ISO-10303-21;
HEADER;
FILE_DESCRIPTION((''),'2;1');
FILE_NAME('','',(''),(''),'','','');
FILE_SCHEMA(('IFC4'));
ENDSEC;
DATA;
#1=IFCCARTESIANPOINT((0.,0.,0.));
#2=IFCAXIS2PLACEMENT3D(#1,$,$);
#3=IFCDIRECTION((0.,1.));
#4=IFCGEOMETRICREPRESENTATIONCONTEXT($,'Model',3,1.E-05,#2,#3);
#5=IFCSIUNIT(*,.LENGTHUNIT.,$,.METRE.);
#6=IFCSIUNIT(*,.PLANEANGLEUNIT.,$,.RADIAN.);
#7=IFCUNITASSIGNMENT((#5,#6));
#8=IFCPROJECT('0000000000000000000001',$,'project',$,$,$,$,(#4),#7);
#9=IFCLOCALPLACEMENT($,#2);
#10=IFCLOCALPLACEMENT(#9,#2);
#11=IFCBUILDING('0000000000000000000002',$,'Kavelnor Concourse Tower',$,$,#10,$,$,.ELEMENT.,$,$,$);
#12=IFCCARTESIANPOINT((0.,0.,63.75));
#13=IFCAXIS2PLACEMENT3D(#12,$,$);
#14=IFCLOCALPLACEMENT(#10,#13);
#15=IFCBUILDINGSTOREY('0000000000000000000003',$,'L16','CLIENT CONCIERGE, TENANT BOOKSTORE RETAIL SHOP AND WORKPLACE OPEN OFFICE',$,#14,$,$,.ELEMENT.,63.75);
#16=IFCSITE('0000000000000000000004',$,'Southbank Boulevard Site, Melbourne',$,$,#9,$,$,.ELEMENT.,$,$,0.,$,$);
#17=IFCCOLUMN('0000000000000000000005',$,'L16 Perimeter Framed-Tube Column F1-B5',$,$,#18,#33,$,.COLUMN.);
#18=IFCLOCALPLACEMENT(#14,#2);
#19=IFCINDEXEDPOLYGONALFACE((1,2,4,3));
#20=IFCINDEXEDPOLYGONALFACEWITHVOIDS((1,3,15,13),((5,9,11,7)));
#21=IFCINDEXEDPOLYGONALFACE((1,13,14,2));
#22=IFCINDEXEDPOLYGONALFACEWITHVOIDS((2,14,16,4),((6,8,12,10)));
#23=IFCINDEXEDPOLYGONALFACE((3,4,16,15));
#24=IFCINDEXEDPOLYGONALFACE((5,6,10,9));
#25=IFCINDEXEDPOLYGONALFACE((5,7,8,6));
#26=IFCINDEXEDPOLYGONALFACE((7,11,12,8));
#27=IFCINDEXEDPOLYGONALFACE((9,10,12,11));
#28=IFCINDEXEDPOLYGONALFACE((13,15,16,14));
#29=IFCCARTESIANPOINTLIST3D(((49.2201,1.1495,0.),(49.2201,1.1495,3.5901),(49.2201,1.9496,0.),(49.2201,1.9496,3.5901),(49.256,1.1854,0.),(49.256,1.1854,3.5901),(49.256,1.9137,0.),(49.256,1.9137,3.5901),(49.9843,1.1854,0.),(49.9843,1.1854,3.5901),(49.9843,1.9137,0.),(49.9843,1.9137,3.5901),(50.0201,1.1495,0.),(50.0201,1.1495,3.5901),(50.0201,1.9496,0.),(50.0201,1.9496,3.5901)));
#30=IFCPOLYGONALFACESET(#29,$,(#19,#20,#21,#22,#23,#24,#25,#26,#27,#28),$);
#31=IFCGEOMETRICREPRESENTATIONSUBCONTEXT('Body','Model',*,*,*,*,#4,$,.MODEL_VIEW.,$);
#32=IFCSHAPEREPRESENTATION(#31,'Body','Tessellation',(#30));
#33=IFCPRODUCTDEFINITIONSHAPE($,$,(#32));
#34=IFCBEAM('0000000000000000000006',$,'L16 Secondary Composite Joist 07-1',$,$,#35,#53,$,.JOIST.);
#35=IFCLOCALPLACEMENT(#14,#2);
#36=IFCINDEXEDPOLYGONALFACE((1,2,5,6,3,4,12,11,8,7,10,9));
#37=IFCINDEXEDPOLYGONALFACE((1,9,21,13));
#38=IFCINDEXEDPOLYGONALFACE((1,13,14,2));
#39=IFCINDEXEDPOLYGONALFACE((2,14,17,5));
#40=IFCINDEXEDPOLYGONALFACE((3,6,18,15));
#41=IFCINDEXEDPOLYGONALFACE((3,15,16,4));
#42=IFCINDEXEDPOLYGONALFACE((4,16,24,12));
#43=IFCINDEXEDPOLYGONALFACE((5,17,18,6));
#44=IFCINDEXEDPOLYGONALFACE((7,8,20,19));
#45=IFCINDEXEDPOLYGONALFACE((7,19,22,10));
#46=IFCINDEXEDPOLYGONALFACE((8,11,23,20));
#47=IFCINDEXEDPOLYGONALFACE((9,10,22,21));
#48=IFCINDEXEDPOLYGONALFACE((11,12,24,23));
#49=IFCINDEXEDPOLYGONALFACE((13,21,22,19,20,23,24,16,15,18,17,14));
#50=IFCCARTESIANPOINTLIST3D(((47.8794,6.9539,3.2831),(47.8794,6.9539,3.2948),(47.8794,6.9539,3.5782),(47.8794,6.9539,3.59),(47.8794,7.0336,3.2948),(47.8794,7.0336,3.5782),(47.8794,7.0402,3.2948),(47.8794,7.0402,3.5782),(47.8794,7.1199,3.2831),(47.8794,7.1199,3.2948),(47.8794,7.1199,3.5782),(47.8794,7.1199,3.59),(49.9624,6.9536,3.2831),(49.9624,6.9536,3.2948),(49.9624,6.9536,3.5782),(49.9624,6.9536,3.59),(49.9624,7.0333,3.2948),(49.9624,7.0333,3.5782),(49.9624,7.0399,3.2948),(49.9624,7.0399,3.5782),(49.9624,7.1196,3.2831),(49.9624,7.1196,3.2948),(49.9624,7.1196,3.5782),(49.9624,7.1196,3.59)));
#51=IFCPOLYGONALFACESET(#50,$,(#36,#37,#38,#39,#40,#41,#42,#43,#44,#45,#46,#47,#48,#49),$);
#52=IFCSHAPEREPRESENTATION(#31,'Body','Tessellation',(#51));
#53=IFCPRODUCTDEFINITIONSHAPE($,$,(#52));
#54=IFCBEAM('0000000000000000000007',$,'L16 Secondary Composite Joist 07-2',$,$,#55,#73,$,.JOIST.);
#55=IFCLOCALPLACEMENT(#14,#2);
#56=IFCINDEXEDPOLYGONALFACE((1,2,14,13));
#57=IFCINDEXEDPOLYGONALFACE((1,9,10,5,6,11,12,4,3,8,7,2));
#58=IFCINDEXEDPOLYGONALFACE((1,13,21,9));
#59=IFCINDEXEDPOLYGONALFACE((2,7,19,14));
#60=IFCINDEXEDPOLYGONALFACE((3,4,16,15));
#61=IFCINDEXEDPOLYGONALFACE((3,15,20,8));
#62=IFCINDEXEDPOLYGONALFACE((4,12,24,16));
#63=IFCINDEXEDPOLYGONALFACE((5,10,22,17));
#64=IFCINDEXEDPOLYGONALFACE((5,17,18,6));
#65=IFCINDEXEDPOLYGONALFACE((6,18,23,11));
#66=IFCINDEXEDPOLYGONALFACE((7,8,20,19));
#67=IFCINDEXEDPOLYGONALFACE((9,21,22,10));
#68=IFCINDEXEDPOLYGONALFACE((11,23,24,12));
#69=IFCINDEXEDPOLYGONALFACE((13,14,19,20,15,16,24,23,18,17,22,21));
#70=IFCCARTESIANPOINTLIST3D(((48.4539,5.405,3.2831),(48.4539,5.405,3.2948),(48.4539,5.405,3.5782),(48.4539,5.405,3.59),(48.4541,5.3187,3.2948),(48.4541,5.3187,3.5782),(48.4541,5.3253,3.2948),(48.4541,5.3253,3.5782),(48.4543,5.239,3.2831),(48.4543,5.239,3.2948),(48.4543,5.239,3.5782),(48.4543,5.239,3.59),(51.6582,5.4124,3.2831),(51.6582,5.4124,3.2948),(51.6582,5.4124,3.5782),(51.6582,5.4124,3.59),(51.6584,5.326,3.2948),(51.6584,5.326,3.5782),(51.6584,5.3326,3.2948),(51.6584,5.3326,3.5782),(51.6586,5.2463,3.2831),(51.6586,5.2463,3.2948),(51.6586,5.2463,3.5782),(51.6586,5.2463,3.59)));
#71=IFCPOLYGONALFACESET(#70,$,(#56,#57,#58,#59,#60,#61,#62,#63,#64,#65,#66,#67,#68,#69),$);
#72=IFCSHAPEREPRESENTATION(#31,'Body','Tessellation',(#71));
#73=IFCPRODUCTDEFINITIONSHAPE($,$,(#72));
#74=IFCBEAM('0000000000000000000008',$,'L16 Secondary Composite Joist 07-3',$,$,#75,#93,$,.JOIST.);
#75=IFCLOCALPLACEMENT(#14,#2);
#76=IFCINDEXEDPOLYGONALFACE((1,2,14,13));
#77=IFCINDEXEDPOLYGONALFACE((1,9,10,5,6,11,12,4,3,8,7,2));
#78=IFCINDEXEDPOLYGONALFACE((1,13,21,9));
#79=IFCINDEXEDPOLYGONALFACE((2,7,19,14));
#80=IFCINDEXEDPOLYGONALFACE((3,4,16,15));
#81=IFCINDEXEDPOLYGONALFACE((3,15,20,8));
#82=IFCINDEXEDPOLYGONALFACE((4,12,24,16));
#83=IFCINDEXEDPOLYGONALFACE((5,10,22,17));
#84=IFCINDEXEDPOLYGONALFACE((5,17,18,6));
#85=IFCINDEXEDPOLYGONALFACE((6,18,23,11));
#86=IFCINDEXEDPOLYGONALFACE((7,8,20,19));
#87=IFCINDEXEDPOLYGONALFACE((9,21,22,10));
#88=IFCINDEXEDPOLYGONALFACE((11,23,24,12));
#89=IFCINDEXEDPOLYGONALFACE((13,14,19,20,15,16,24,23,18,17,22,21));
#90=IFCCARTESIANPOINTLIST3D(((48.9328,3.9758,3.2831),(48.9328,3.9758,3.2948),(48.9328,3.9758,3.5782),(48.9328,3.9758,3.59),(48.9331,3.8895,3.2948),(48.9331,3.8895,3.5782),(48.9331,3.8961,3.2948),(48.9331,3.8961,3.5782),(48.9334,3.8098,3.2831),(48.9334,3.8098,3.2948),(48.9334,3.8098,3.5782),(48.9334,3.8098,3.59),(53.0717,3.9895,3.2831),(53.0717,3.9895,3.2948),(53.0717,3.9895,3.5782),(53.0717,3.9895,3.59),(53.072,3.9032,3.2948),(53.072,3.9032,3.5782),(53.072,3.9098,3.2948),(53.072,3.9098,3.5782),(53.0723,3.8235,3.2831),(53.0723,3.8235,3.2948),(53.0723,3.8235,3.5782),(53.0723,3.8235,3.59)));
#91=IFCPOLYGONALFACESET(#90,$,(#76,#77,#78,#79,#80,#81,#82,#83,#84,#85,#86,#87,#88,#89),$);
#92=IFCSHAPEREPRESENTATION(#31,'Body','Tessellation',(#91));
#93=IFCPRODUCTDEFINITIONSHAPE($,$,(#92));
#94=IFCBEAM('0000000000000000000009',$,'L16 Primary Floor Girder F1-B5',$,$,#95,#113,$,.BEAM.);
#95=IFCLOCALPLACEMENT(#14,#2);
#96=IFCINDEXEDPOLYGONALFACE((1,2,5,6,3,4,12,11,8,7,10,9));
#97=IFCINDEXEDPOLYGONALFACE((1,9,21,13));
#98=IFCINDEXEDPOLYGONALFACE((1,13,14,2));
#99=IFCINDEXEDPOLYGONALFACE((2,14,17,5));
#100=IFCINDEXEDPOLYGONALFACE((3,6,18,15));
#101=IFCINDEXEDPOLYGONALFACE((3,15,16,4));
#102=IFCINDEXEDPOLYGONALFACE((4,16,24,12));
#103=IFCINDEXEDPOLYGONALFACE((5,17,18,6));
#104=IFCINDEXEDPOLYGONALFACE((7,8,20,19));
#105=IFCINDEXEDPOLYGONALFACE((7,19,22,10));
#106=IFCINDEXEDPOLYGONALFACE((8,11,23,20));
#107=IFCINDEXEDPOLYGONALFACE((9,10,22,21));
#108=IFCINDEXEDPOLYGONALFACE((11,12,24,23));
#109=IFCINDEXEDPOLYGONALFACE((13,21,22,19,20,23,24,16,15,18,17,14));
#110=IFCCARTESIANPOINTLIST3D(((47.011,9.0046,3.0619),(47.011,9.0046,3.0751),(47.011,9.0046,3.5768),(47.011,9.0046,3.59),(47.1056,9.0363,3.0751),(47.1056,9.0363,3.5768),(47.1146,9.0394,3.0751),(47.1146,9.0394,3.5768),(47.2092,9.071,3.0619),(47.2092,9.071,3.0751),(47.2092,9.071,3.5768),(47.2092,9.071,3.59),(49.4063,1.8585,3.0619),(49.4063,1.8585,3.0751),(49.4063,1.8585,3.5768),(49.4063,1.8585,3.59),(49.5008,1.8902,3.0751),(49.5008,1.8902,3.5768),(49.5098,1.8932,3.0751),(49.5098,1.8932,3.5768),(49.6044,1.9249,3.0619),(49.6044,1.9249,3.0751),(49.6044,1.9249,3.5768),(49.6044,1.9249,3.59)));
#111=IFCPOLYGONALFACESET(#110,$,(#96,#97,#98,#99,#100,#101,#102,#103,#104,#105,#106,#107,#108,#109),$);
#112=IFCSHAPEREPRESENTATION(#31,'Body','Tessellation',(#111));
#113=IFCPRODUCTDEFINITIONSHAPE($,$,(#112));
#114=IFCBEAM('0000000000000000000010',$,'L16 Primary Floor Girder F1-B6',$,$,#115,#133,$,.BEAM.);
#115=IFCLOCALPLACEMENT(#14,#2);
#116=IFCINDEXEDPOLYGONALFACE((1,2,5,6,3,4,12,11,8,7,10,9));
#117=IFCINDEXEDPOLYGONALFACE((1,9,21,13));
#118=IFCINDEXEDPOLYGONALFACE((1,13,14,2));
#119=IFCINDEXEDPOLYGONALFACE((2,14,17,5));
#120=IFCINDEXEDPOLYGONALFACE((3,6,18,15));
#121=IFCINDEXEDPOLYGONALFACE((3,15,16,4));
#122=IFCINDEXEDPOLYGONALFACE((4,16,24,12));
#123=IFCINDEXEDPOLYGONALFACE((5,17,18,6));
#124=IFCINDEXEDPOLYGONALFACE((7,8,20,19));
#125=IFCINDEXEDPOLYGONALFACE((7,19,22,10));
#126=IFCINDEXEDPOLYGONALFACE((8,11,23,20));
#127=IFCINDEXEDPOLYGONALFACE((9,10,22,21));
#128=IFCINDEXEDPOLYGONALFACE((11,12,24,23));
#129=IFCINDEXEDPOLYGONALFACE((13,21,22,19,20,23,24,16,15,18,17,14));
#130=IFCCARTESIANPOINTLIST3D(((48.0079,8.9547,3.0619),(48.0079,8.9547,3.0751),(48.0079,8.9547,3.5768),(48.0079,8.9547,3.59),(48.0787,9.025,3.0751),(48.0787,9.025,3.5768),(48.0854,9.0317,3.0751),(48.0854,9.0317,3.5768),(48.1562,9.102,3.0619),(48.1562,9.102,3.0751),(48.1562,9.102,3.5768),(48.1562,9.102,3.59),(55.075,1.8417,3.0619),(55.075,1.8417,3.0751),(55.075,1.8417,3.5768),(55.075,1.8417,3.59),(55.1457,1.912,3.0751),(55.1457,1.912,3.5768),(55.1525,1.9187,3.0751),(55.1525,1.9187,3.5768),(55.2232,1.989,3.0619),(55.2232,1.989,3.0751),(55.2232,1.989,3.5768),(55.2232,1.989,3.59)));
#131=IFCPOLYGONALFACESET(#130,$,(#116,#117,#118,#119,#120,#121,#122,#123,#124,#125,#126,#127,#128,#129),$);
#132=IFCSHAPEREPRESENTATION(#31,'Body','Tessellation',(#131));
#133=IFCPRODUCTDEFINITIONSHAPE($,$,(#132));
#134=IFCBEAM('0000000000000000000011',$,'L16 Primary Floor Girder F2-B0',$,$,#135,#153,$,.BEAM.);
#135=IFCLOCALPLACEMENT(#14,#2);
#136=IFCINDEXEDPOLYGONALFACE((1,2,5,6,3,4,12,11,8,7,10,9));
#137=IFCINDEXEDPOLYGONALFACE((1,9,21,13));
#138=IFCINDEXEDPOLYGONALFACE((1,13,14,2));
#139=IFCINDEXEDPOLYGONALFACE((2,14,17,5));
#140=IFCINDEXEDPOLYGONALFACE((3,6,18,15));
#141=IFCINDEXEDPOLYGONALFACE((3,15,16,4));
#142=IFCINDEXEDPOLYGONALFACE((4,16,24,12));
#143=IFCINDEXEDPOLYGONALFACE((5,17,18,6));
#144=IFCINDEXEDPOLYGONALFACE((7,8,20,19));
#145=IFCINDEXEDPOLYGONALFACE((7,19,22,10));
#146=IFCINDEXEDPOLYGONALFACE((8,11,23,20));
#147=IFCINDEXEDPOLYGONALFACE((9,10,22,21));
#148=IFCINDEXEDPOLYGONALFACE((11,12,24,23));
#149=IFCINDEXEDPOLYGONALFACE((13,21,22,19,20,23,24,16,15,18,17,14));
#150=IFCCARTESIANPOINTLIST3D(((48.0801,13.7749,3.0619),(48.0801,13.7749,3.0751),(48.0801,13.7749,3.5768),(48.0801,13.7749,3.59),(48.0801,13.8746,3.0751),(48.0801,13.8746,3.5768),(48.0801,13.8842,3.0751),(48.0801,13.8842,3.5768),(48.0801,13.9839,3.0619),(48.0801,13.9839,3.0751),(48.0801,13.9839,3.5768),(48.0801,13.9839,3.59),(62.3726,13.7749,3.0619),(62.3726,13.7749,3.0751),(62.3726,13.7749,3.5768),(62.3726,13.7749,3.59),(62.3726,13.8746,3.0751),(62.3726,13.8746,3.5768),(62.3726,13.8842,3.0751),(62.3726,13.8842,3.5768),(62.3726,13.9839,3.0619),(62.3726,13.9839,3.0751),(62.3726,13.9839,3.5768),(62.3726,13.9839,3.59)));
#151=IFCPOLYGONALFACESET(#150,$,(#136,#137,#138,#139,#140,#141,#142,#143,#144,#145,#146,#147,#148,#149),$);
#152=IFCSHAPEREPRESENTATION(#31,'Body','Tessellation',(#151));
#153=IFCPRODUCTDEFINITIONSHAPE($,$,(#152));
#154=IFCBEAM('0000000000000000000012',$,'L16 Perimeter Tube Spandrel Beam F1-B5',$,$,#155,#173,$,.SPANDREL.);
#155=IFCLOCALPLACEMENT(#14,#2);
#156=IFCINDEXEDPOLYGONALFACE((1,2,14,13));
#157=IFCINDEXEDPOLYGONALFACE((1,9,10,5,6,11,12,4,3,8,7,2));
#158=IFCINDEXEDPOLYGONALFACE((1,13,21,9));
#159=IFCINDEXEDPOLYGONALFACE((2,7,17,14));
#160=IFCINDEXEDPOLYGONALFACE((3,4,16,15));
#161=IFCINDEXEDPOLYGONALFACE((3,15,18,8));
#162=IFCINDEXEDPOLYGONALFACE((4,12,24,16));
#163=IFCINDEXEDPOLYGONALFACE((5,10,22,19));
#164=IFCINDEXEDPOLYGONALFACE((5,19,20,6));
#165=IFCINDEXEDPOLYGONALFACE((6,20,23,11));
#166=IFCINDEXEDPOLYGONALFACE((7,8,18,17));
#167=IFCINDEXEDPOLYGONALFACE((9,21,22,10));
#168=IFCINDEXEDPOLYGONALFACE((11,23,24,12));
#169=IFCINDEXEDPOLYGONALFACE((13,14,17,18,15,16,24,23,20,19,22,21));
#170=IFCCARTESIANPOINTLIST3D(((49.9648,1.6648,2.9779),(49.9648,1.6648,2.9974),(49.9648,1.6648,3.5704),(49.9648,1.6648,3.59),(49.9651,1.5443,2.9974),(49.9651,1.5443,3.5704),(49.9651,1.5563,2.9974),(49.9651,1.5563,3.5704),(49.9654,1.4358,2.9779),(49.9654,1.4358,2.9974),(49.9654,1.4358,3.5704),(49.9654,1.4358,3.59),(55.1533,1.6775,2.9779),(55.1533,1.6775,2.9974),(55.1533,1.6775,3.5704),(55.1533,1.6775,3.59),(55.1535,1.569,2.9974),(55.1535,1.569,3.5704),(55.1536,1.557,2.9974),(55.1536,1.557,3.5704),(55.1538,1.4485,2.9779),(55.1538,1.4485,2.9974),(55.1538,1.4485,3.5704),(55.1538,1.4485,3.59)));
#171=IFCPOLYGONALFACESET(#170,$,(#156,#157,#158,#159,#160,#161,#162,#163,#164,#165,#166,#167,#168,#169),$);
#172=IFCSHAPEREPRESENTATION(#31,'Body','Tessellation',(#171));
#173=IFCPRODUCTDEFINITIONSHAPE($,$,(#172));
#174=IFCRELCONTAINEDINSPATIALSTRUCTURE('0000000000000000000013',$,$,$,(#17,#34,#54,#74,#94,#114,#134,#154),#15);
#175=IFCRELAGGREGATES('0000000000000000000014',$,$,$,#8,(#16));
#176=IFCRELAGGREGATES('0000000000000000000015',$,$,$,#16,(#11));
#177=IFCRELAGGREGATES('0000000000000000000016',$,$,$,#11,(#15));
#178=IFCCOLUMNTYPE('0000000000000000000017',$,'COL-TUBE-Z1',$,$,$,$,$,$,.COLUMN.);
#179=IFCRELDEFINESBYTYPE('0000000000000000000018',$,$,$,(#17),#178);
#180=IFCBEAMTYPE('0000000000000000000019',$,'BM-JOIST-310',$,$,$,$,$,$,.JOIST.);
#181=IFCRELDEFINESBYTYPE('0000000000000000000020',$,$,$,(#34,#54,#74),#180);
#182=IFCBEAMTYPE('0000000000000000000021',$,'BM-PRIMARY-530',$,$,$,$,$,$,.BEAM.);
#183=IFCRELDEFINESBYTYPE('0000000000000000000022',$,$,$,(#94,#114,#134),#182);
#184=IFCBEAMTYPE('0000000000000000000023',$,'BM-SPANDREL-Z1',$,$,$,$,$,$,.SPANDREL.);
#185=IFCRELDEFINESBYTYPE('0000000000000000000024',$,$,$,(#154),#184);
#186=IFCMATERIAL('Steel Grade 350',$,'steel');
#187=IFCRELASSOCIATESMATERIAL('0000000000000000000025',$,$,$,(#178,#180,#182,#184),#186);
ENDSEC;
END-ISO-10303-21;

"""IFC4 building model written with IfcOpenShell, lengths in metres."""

from ifc_helpers import new_model, si_unit, direction, frame, origin, origin_2d, place, context, subcontext, project, spatial, hollow_rectangle, i_section, extrude, material, material_profile, profile_set, type_object, element, save


model = new_model("IFC4")

# Units and contexts
model_context = context("Model", 3, precision=1e-05, world=origin(), true_north=direction((0.0, 1.0)))
body_context = subcontext(model_context, "Body", "Model", "MODEL_VIEW")
ifc_project = project(units=[si_unit("LENGTHUNIT", "METRE"), si_unit("PLANEANGLEUNIT", "RADIAN")], contexts=[model_context])

# Site, building, storey
site_placement = place(None, origin())
site = spatial("IfcSite", under=ifc_project, at=site_placement, Name="Southbank Boulevard Site, Melbourne", CompositionType="ELEMENT", RefElevation=0.0)
building_placement = place(site_placement, origin())
building = spatial("IfcBuilding", under=site, at=building_placement, Name="Kavelnor Concourse Tower", CompositionType="ELEMENT")
storey_placement = place(building_placement, frame((0.0, 0.0, 63.75)))
storey = spatial("IfcBuildingStorey", under=building, at=storey_placement, Name="L16", Description="CLIENT CONCIERGE, TENANT BOOKSTORE RETAIL SHOP AND WORKPLACE OPEN OFFICE", CompositionType="ELEMENT", Elevation=63.75)

# Column
ifc_material_1 = material(Name="Steel Grade 350", Category="steel")
ifc_material_profile_1 = material_profile(ifc_material_1, hollow_rectangle(XDim=0.8, YDim=0.8, WallThickness=0.0359, at=origin_2d()), Name="SHS 800x800x36")
ifc_profile_set_1 = profile_set([ifc_material_profile_1], Name="Steel Grade 350")
column_type = type_object("IfcColumnType", Name="COL-TUBE-Z1", PredefinedType="COLUMN", material=ifc_profile_set_1)
column_placement = place(storey_placement, frame((49.6201, 1.5496, 0.0), z_axis=(0.0, 0.0, 1.0), x_axis=(1.0, 0.0, 0.0)))
element("IfcColumn", 1, at=column_placement, inside=storey, type_object=column_type, Name="L16 Perimeter Framed-Tube Column F1-B5", PredefinedType="COLUMN", context=body_context, shape_type="SweptSolid", body=[
    extrude(hollow_rectangle(XDim=0.8, YDim=0.8, WallThickness=0.0359, at=origin_2d()), origin(), (0.0, 0.0, 1.0), 3.5901),
])

# Beams
ifc_material_profile_2 = material_profile(ifc_material_1, i_section(OverallWidth=0.166, OverallDepth=0.3069, WebThickness=0.0066, FlangeThickness=0.0117, at=origin_2d()), Name="310UB46")
ifc_profile_set_2 = profile_set([ifc_material_profile_2], Name="Steel Grade 350")
beam_type_1 = type_object("IfcBeamType", Name="BM-JOIST-310", PredefinedType="JOIST", material=ifc_profile_set_2)
beam_1_placement = place(storey_placement, frame((47.8794, 7.0369, 3.4365), z_axis=(1.0, -0.000117, 0.0), x_axis=(0.000117, 1.0, 0.0)))
element("IfcBeam", 2, at=beam_1_placement, inside=storey, type_object=beam_type_1, Name="L16 Secondary Composite Joist 07-1", PredefinedType="JOIST", context=body_context, shape_type="SweptSolid", body=[
    extrude(i_section(OverallWidth=0.166, OverallDepth=0.3069, WebThickness=0.0066, FlangeThickness=0.0117, at=origin_2d()), origin(), (0.0, 0.0, 1.0), 2.083),
])
beam_2_placement = place(storey_placement, frame((48.4541, 5.322, 3.4365), z_axis=(0.999997, 0.002286, 0.0), x_axis=(-0.002286, 0.999997, 0.0)))
element("IfcBeam", 3, at=beam_2_placement, inside=storey, type_object=beam_type_1, Name="L16 Secondary Composite Joist 07-2", PredefinedType="JOIST", context=body_context, shape_type="SweptSolid", body=[
    extrude(i_section(OverallWidth=0.166, OverallDepth=0.3069, WebThickness=0.0066, FlangeThickness=0.0117, at=origin_2d()), origin(), (0.0, 0.0, 1.0), 3.2043),
])
beam_3_placement = place(storey_placement, frame((48.9331, 3.8928, 3.4365), z_axis=(0.999995, 0.003303, 0.0), x_axis=(-0.003303, 0.999995, 0.0)))
element("IfcBeam", 4, at=beam_3_placement, inside=storey, type_object=beam_type_1, Name="L16 Secondary Composite Joist 07-3", PredefinedType="JOIST", context=body_context, shape_type="SweptSolid", body=[
    extrude(i_section(OverallWidth=0.166, OverallDepth=0.3069, WebThickness=0.0066, FlangeThickness=0.0117, at=origin_2d()), origin(), (0.0, 0.0, 1.0), 4.1389),
])
ifc_material_profile_3 = material_profile(ifc_material_1, i_section(OverallWidth=0.209, OverallDepth=0.5281, WebThickness=0.0095, FlangeThickness=0.0132, at=origin_2d()), Name="530UB82")
ifc_profile_set_3 = profile_set([ifc_material_profile_3], Name="Steel Grade 350")
beam_type_2 = type_object("IfcBeamType", Name="BM-PRIMARY-530", PredefinedType="BEAM", material=ifc_profile_set_3)
beam_4_placement = place(storey_placement, frame((47.1101, 9.0378, 3.3259), z_axis=(0.317802, -0.948157, 0.0), x_axis=(0.948157, 0.317802, 0.0)))
element("IfcBeam", 5, at=beam_4_placement, inside=storey, type_object=beam_type_2, Name="L16 Primary Floor Girder F1-B5", PredefinedType="BEAM", context=body_context, shape_type="SweptSolid", body=[
    extrude(i_section(OverallWidth=0.209, OverallDepth=0.5281, WebThickness=0.0095, FlangeThickness=0.0132, at=origin_2d()), origin(), (0.0, 0.0, 1.0), 7.5369),
])
beam_5_placement = place(storey_placement, frame((48.082, 9.0283, 3.3259), z_axis=(0.704814, -0.709392, 0.0), x_axis=(0.709392, 0.704814, 0.0)))
element("IfcBeam", 6, at=beam_5_placement, inside=storey, type_object=beam_type_2, Name="L16 Primary Floor Girder F1-B6", PredefinedType="BEAM", context=body_context, shape_type="SweptSolid", body=[
    extrude(i_section(OverallWidth=0.209, OverallDepth=0.5281, WebThickness=0.0095, FlangeThickness=0.0132, at=origin_2d()), origin(), (0.0, 0.0, 1.0), 10.0269),
])
beam_6_placement = place(storey_placement, frame((48.0801, 13.8794, 3.3259), z_axis=(1.0, 0.0, 0.0), x_axis=(0.0, 1.0, 0.0)))
element("IfcBeam", 7, at=beam_6_placement, inside=storey, type_object=beam_type_2, Name="L16 Primary Floor Girder F2-B0", PredefinedType="BEAM", context=body_context, shape_type="SweptSolid", body=[
    extrude(i_section(OverallWidth=0.209, OverallDepth=0.5281, WebThickness=0.0095, FlangeThickness=0.0132, at=origin_2d()), origin(), (0.0, 0.0, 1.0), 14.2925),
])
ifc_material_profile_4 = material_profile(ifc_material_1, i_section(OverallWidth=0.229, OverallDepth=0.6121, WebThickness=0.012, FlangeThickness=0.0195, at=origin_2d()), Name="610UB125")
ifc_profile_set_4 = profile_set([ifc_material_profile_4], Name="Steel Grade 350")
beam_type_3 = type_object("IfcBeamType", Name="BM-SPANDREL-Z1", PredefinedType="SPANDREL", material=ifc_profile_set_4)
beam_7_placement = place(storey_placement, frame((49.9651, 1.5503, 3.2839), z_axis=(0.999997, 0.002447, 0.0), x_axis=(-0.002447, 0.999997, 0.0)))
element("IfcBeam", 8, at=beam_7_placement, inside=storey, type_object=beam_type_3, Name="L16 Perimeter Tube Spandrel Beam F1-B5", PredefinedType="SPANDREL", context=body_context, shape_type="SweptSolid", body=[
    extrude(i_section(OverallWidth=0.229, OverallDepth=0.6121, WebThickness=0.012, FlangeThickness=0.0195, at=origin_2d()), origin(), (0.0, 0.0, 1.0), 5.1885),
])

save(model, "model.ifc")
